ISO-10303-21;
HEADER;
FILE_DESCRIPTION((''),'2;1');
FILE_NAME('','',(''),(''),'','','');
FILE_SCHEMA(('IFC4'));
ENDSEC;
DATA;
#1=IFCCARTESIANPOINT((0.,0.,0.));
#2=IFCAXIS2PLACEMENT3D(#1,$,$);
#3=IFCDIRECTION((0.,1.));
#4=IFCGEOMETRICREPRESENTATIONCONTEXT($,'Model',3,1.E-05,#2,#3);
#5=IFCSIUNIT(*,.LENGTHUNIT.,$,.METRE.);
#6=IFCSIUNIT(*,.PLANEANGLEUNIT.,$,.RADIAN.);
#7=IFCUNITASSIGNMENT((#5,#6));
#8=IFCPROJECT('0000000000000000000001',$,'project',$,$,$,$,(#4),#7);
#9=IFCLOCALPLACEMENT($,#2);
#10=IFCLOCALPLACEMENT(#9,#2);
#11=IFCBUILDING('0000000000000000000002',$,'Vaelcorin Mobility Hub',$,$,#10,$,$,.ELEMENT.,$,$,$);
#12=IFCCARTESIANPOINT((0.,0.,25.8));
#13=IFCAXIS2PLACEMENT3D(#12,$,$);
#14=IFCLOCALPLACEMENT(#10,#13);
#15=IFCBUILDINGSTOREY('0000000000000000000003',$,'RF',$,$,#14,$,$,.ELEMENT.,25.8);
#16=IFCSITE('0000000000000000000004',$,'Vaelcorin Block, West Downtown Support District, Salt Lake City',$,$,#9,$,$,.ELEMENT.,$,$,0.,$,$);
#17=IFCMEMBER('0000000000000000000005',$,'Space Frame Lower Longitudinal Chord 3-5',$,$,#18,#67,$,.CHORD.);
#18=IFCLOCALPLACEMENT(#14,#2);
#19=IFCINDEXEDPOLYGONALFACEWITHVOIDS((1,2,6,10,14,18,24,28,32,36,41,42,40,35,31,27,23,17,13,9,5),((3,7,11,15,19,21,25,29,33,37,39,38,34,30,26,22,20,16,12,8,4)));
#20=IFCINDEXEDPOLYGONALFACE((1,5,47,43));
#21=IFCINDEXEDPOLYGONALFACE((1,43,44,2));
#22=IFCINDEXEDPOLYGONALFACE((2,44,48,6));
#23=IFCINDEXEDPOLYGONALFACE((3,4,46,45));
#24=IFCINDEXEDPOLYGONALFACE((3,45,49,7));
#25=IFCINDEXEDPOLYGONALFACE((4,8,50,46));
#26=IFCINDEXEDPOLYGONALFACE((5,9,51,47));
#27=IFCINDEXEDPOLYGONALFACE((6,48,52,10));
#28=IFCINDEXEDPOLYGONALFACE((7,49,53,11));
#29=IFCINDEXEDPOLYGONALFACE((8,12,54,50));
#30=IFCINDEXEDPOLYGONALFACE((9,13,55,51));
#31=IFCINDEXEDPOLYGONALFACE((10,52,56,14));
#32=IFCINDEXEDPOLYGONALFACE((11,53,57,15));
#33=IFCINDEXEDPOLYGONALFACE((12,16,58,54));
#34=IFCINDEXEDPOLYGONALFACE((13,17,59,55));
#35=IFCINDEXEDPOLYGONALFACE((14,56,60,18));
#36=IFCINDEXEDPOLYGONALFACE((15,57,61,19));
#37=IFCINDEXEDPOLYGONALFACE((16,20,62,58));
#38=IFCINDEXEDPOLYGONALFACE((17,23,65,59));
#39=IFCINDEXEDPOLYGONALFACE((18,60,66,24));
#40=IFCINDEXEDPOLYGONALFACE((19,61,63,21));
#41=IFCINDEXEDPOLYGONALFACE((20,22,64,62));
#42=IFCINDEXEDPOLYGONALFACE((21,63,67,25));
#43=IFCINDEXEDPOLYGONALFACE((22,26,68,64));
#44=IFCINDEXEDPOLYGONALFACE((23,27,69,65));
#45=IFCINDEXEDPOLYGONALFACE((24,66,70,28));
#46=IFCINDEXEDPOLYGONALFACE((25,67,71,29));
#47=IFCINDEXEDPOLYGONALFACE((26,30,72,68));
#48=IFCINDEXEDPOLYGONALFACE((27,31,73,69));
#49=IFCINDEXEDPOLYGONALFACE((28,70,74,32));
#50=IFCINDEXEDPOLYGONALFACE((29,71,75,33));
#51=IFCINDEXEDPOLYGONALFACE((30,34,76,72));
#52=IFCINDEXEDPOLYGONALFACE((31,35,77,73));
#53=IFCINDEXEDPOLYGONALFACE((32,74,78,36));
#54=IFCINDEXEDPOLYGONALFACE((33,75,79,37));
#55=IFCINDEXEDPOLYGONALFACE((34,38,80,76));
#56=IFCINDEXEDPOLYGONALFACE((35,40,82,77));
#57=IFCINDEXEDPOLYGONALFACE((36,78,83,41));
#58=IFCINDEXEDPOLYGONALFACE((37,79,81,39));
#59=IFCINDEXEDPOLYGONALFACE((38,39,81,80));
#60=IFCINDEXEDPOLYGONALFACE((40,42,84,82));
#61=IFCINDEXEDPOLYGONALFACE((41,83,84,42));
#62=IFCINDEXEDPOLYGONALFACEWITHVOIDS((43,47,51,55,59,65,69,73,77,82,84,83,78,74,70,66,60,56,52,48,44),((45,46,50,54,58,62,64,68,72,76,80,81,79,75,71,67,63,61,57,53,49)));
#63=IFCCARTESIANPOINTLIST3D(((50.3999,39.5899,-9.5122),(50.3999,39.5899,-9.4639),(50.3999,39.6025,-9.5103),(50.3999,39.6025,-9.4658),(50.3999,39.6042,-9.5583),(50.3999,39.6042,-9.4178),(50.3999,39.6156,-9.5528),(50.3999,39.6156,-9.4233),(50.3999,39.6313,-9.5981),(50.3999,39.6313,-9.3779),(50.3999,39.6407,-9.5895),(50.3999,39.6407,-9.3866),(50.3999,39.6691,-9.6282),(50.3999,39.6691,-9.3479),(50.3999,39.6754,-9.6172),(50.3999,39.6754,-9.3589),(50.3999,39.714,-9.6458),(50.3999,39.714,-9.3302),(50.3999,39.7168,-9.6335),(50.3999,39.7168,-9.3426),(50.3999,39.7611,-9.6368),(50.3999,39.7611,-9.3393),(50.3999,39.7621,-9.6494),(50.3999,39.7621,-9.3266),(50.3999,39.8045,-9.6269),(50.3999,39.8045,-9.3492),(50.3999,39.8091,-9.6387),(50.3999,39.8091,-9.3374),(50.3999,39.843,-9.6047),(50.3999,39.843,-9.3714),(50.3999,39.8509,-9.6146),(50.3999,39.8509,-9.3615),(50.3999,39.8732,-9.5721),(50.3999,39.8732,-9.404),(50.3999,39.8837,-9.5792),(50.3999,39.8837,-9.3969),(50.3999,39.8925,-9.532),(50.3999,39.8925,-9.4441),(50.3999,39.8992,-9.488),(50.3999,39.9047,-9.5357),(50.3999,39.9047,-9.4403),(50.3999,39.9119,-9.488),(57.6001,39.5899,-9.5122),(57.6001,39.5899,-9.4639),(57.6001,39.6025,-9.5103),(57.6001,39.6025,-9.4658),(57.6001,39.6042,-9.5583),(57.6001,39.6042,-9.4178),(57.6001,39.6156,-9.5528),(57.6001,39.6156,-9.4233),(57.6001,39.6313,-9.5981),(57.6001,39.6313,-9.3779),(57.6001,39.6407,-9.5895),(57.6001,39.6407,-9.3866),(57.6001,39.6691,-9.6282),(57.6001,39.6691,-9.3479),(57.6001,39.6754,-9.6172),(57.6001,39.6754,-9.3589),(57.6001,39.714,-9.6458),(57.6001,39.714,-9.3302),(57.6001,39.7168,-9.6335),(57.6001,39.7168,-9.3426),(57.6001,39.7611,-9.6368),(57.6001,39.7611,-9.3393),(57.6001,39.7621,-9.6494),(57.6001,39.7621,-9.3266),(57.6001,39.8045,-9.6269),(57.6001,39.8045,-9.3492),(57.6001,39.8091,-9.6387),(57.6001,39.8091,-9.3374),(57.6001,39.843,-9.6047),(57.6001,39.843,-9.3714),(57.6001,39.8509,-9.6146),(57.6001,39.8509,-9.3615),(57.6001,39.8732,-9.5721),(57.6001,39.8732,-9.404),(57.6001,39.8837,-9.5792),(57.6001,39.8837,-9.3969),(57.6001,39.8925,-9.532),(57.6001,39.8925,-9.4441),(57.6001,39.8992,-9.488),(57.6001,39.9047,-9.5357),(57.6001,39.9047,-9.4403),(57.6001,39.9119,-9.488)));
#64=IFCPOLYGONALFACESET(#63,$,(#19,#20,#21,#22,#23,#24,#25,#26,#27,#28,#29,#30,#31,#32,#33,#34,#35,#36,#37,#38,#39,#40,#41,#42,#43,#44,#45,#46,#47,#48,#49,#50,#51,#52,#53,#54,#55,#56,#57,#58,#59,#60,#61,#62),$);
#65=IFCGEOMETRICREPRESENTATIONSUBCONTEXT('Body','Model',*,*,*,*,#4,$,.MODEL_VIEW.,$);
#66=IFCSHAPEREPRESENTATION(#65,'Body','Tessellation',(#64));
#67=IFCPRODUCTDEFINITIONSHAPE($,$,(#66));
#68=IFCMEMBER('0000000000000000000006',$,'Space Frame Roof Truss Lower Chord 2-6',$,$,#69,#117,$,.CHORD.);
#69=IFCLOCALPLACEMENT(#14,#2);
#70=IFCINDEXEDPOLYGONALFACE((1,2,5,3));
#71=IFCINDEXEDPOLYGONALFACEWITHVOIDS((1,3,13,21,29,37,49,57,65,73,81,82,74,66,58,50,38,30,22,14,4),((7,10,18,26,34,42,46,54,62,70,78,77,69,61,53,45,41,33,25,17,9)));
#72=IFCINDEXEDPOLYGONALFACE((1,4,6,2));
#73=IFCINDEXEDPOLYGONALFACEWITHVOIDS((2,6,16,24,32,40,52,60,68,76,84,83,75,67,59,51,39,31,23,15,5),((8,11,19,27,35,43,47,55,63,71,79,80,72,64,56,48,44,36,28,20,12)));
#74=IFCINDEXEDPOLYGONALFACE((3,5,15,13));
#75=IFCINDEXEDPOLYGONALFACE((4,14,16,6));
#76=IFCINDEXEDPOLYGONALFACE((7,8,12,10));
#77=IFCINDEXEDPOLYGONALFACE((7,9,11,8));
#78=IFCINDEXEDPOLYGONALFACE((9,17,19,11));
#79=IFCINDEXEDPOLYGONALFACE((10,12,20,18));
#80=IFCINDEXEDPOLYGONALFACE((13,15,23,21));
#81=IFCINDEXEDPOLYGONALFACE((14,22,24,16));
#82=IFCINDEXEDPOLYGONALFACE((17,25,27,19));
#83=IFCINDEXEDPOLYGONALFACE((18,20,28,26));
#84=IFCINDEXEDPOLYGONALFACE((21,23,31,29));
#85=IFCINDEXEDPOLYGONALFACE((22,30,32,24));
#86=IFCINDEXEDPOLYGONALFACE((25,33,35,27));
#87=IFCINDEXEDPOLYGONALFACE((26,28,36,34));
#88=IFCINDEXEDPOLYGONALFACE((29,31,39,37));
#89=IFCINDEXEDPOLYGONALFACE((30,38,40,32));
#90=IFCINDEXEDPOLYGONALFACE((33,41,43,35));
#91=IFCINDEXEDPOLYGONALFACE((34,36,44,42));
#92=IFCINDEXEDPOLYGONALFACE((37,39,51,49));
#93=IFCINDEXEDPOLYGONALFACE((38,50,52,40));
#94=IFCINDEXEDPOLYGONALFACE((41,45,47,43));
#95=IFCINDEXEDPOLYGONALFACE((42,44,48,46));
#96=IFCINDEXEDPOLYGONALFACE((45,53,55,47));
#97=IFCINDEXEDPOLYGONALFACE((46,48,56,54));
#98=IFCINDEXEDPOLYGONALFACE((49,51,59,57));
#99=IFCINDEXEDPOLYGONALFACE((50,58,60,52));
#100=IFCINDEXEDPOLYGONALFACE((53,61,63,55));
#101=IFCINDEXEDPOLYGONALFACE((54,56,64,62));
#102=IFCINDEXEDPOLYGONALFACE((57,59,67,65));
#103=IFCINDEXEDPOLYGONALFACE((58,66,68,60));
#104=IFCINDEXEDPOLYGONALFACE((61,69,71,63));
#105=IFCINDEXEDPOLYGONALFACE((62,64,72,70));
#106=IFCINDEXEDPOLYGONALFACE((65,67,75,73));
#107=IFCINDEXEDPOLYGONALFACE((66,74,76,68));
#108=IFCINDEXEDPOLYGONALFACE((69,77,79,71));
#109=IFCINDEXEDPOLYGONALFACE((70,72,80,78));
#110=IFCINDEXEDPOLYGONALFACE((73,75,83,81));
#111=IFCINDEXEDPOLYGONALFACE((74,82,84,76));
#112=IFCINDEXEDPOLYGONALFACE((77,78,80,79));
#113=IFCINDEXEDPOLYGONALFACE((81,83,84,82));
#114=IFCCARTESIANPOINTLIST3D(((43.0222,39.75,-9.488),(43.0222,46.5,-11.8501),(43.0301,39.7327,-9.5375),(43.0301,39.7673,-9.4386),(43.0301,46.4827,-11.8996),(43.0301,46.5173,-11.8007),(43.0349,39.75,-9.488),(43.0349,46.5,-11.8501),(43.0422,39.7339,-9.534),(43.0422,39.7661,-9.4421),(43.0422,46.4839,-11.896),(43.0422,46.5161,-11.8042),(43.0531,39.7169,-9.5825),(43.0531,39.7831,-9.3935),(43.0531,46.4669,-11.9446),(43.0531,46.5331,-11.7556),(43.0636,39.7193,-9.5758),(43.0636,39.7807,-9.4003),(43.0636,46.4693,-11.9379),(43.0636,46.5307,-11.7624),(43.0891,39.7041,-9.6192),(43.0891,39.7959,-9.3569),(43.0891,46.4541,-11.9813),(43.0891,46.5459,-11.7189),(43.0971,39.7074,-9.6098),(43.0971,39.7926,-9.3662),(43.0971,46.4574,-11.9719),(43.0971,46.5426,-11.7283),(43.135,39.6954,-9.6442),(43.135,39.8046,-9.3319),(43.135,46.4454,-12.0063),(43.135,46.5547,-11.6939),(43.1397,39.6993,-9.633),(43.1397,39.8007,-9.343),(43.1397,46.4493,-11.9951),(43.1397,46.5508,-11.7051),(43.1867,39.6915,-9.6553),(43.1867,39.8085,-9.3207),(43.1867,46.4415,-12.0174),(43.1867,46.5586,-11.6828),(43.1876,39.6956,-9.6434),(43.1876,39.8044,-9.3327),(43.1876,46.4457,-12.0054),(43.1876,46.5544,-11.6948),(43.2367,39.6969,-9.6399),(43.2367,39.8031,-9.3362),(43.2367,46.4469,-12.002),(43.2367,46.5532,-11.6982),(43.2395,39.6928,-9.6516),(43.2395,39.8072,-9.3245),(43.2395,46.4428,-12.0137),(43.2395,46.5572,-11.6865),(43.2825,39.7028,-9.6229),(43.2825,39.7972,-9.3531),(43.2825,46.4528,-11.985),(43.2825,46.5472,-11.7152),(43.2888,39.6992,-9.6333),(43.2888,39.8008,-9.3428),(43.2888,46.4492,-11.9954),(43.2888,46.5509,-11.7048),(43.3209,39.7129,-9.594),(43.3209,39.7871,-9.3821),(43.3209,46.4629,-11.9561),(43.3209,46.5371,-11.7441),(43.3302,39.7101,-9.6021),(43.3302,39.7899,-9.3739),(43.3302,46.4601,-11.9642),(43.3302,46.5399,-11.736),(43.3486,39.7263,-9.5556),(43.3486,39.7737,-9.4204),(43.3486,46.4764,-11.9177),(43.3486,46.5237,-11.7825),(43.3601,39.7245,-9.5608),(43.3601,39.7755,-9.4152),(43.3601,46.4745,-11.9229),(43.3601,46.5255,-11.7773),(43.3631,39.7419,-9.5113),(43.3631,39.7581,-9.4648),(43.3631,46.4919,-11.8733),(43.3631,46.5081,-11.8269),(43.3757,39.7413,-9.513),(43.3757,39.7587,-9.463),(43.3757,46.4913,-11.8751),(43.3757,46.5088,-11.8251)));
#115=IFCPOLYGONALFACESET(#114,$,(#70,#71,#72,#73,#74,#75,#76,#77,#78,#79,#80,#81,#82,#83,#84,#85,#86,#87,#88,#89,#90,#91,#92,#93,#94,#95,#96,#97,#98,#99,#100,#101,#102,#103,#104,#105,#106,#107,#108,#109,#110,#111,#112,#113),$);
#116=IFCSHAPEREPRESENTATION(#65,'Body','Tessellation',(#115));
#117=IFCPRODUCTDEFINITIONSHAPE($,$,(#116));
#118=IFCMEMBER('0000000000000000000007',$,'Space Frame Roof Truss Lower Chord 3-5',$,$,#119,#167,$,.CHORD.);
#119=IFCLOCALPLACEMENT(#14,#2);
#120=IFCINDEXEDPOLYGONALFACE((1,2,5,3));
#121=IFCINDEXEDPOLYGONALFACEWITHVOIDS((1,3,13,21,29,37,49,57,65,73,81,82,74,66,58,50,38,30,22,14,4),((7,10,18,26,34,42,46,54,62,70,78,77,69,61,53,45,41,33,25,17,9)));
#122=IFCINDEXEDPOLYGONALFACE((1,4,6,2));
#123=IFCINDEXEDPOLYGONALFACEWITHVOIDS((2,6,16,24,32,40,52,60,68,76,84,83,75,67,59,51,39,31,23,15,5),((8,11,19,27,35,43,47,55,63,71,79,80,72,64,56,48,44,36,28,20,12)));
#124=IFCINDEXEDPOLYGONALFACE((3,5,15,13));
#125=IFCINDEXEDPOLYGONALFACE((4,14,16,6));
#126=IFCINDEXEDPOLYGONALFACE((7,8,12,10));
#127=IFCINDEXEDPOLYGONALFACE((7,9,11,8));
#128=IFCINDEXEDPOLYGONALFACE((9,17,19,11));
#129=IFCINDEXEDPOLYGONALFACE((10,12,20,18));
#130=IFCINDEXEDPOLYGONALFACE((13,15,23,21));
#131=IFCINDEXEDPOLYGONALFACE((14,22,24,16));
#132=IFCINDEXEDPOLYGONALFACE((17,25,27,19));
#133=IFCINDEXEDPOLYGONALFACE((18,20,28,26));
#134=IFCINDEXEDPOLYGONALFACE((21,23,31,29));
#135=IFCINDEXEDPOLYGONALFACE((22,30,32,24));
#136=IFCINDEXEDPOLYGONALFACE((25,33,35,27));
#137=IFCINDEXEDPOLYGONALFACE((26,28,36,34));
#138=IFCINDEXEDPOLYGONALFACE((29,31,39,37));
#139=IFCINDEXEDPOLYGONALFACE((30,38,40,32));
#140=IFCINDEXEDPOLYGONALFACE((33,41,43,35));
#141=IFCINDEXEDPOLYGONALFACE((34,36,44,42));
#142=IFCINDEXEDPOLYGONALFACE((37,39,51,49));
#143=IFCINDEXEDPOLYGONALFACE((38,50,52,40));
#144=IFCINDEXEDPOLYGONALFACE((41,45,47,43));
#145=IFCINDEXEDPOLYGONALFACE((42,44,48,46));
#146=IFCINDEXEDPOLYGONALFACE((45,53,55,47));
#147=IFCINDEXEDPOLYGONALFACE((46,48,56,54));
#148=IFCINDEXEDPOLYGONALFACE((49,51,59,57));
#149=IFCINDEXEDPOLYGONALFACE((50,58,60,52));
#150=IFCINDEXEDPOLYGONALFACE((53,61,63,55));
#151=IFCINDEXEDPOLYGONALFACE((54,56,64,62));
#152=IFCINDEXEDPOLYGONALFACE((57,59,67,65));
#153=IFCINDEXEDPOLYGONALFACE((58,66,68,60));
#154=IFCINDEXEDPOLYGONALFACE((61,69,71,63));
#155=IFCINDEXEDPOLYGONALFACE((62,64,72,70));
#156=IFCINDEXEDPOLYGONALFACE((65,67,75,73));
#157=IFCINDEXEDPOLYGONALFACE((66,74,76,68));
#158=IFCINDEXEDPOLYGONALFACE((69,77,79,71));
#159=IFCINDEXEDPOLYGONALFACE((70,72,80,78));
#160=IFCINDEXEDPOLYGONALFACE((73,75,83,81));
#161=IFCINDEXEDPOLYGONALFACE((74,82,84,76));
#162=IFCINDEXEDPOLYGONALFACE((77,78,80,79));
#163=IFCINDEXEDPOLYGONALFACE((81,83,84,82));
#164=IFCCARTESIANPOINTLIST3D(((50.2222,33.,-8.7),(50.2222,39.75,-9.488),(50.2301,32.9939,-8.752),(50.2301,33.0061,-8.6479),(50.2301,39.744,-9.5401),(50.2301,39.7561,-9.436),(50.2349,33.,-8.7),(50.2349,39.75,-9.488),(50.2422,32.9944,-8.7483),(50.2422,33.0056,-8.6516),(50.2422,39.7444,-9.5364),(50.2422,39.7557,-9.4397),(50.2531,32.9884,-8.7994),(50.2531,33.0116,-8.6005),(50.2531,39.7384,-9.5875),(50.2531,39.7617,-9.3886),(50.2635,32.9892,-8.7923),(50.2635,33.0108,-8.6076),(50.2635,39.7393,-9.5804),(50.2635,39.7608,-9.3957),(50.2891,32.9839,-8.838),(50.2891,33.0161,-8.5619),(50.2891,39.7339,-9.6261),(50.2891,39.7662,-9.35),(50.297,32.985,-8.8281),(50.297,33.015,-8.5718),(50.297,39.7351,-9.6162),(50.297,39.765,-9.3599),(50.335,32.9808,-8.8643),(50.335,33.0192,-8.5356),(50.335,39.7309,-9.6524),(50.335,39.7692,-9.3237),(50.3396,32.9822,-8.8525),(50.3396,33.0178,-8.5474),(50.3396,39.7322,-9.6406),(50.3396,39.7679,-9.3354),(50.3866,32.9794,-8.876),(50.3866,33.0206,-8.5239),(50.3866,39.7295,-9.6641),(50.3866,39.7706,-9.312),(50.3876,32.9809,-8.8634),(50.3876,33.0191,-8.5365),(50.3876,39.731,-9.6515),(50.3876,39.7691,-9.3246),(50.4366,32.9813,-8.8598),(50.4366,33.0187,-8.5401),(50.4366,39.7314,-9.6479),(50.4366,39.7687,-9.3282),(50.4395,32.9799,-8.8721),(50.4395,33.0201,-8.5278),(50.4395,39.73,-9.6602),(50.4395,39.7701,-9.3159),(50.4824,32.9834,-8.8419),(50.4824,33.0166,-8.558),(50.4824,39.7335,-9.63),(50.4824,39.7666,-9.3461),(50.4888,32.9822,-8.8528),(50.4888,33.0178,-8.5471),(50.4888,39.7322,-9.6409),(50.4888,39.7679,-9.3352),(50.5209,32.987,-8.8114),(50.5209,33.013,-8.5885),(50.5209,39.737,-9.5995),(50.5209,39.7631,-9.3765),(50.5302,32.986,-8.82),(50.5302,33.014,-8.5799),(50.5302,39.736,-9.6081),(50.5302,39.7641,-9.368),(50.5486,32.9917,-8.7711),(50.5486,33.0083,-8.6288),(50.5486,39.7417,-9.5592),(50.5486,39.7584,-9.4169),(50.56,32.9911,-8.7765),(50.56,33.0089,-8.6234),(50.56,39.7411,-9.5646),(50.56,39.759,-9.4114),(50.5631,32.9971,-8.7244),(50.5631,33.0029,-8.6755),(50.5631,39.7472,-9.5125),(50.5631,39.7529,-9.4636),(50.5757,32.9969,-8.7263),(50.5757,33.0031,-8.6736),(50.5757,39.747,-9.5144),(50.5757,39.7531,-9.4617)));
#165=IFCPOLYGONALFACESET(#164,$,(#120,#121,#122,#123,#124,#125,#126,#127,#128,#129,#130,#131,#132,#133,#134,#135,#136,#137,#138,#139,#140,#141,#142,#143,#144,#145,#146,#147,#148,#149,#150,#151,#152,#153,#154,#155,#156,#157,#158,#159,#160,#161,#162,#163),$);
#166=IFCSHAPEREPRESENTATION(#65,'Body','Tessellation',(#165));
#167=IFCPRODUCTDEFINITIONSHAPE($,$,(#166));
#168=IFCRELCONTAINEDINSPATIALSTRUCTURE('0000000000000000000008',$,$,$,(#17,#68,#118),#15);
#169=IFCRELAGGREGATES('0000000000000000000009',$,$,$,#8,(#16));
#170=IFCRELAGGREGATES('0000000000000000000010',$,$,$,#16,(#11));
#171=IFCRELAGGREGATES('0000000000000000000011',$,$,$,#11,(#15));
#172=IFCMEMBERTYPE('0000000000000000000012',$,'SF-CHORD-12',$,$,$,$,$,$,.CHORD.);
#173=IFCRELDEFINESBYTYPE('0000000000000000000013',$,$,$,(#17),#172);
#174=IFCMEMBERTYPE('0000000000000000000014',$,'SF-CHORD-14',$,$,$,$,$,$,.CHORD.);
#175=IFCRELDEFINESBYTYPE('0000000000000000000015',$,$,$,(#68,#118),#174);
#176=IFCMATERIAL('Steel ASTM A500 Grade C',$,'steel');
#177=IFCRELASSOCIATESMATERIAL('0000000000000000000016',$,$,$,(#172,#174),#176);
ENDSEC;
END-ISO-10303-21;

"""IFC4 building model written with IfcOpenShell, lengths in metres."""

from ifc_helpers import new_model, si_unit, direction, frame, origin, origin_2d, place, context, subcontext, project, spatial, hollow_circle, extrude, material, material_profile, profile_set, type_object, element, save


model = new_model("IFC4")

# Units and contexts
model_context = context("Model", 3, precision=1e-05, world=origin(), true_north=direction((0.0, 1.0)))
body_context = subcontext(model_context, "Body", "Model", "MODEL_VIEW")
ifc_project = project(units=[si_unit("LENGTHUNIT", "METRE"), si_unit("PLANEANGLEUNIT", "RADIAN")], contexts=[model_context])

# Site, building, storey
site_placement = place(None, origin())
site = spatial("IfcSite", under=ifc_project, at=site_placement, Name="Vaelcorin Block, West Downtown Support District, Salt Lake City", CompositionType="ELEMENT", RefElevation=0.0)
building_placement = place(site_placement, origin())
building = spatial("IfcBuilding", under=site, at=building_placement, Name="Vaelcorin Mobility Hub", CompositionType="ELEMENT")
storey_placement = place(building_placement, frame((0.0, 0.0, 25.8)))
storey = spatial("IfcBuildingStorey", under=building, at=storey_placement, Name="RF", CompositionType="ELEMENT", Elevation=25.8)

# Members
ifc_material_1 = material(Name="Steel ASTM A500 Grade C", Category="steel")
ifc_material_profile_1 = material_profile(ifc_material_1, hollow_circle(Radius=0.1619, WallThickness=0.0127, at=origin_2d()), Name="HSS12.750X0.500")
ifc_profile_set_1 = profile_set([ifc_material_profile_1], Name="Steel ASTM A500 Grade C")
member_type_1 = type_object("IfcMemberType", Name="SF-CHORD-12", PredefinedType="CHORD", material=ifc_profile_set_1)
for number, where, z_axis, x_axis, name in (
    (1, (50.3999, 39.75, -9.488), (1.0, 0.0, 0.0), (0.0, 1.0, 0.0), "Space Frame Lower Longitudinal Chord 3-5"),
):
    element("IfcMember", number, at=place(storey_placement, frame(where, z_axis=z_axis, x_axis=x_axis)), inside=storey, type_object=member_type_1, Name=name, PredefinedType="CHORD", context=body_context, shape_type="SweptSolid", body=[
        extrude(hollow_circle(Radius=0.1619, WallThickness=0.0127, at=origin_2d()), origin(), (0.0, 0.0, 1.0), 7.2002),
    ])
ifc_material_profile_2 = material_profile(ifc_material_1, hollow_circle(Radius=0.1777, WallThickness=0.0127, at=origin_2d()), Name="HSS14.000X0.500")
ifc_profile_set_2 = profile_set([ifc_material_profile_2], Name="Steel ASTM A500 Grade C")
member_type_2 = type_object("IfcMemberType", Name="SF-CHORD-14", PredefinedType="CHORD", material=ifc_profile_set_2)
member_1_placement = place(storey_placement, frame((43.2, 39.75, -9.488), z_axis=(0.0, 0.943878, -0.330296), x_axis=(-1.0, 0.0, 0.0)))
element("IfcMember", 2, at=member_1_placement, inside=storey, type_object=member_type_2, Name="Space Frame Roof Truss Lower Chord 2-6", PredefinedType="CHORD", context=body_context, shape_type="SweptSolid", body=[
    extrude(hollow_circle(Radius=0.1777, WallThickness=0.0127, at=origin_2d()), origin(), (0.0, 0.0, 1.0), 7.1514),
])
member_2_placement = place(storey_placement, frame((50.3999, 33.0, -8.7), z_axis=(0.0, 0.993253, -0.115966), x_axis=(-1.0, 0.0, 0.0)))
element("IfcMember", 3, at=member_2_placement, inside=storey, type_object=member_type_2, Name="Space Frame Roof Truss Lower Chord 3-5", PredefinedType="CHORD", context=body_context, shape_type="SweptSolid", body=[
    extrude(hollow_circle(Radius=0.1777, WallThickness=0.0127, at=origin_2d()), origin(), (0.0, 0.0, 1.0), 6.7959),
])

save(model, "model.ifc")
